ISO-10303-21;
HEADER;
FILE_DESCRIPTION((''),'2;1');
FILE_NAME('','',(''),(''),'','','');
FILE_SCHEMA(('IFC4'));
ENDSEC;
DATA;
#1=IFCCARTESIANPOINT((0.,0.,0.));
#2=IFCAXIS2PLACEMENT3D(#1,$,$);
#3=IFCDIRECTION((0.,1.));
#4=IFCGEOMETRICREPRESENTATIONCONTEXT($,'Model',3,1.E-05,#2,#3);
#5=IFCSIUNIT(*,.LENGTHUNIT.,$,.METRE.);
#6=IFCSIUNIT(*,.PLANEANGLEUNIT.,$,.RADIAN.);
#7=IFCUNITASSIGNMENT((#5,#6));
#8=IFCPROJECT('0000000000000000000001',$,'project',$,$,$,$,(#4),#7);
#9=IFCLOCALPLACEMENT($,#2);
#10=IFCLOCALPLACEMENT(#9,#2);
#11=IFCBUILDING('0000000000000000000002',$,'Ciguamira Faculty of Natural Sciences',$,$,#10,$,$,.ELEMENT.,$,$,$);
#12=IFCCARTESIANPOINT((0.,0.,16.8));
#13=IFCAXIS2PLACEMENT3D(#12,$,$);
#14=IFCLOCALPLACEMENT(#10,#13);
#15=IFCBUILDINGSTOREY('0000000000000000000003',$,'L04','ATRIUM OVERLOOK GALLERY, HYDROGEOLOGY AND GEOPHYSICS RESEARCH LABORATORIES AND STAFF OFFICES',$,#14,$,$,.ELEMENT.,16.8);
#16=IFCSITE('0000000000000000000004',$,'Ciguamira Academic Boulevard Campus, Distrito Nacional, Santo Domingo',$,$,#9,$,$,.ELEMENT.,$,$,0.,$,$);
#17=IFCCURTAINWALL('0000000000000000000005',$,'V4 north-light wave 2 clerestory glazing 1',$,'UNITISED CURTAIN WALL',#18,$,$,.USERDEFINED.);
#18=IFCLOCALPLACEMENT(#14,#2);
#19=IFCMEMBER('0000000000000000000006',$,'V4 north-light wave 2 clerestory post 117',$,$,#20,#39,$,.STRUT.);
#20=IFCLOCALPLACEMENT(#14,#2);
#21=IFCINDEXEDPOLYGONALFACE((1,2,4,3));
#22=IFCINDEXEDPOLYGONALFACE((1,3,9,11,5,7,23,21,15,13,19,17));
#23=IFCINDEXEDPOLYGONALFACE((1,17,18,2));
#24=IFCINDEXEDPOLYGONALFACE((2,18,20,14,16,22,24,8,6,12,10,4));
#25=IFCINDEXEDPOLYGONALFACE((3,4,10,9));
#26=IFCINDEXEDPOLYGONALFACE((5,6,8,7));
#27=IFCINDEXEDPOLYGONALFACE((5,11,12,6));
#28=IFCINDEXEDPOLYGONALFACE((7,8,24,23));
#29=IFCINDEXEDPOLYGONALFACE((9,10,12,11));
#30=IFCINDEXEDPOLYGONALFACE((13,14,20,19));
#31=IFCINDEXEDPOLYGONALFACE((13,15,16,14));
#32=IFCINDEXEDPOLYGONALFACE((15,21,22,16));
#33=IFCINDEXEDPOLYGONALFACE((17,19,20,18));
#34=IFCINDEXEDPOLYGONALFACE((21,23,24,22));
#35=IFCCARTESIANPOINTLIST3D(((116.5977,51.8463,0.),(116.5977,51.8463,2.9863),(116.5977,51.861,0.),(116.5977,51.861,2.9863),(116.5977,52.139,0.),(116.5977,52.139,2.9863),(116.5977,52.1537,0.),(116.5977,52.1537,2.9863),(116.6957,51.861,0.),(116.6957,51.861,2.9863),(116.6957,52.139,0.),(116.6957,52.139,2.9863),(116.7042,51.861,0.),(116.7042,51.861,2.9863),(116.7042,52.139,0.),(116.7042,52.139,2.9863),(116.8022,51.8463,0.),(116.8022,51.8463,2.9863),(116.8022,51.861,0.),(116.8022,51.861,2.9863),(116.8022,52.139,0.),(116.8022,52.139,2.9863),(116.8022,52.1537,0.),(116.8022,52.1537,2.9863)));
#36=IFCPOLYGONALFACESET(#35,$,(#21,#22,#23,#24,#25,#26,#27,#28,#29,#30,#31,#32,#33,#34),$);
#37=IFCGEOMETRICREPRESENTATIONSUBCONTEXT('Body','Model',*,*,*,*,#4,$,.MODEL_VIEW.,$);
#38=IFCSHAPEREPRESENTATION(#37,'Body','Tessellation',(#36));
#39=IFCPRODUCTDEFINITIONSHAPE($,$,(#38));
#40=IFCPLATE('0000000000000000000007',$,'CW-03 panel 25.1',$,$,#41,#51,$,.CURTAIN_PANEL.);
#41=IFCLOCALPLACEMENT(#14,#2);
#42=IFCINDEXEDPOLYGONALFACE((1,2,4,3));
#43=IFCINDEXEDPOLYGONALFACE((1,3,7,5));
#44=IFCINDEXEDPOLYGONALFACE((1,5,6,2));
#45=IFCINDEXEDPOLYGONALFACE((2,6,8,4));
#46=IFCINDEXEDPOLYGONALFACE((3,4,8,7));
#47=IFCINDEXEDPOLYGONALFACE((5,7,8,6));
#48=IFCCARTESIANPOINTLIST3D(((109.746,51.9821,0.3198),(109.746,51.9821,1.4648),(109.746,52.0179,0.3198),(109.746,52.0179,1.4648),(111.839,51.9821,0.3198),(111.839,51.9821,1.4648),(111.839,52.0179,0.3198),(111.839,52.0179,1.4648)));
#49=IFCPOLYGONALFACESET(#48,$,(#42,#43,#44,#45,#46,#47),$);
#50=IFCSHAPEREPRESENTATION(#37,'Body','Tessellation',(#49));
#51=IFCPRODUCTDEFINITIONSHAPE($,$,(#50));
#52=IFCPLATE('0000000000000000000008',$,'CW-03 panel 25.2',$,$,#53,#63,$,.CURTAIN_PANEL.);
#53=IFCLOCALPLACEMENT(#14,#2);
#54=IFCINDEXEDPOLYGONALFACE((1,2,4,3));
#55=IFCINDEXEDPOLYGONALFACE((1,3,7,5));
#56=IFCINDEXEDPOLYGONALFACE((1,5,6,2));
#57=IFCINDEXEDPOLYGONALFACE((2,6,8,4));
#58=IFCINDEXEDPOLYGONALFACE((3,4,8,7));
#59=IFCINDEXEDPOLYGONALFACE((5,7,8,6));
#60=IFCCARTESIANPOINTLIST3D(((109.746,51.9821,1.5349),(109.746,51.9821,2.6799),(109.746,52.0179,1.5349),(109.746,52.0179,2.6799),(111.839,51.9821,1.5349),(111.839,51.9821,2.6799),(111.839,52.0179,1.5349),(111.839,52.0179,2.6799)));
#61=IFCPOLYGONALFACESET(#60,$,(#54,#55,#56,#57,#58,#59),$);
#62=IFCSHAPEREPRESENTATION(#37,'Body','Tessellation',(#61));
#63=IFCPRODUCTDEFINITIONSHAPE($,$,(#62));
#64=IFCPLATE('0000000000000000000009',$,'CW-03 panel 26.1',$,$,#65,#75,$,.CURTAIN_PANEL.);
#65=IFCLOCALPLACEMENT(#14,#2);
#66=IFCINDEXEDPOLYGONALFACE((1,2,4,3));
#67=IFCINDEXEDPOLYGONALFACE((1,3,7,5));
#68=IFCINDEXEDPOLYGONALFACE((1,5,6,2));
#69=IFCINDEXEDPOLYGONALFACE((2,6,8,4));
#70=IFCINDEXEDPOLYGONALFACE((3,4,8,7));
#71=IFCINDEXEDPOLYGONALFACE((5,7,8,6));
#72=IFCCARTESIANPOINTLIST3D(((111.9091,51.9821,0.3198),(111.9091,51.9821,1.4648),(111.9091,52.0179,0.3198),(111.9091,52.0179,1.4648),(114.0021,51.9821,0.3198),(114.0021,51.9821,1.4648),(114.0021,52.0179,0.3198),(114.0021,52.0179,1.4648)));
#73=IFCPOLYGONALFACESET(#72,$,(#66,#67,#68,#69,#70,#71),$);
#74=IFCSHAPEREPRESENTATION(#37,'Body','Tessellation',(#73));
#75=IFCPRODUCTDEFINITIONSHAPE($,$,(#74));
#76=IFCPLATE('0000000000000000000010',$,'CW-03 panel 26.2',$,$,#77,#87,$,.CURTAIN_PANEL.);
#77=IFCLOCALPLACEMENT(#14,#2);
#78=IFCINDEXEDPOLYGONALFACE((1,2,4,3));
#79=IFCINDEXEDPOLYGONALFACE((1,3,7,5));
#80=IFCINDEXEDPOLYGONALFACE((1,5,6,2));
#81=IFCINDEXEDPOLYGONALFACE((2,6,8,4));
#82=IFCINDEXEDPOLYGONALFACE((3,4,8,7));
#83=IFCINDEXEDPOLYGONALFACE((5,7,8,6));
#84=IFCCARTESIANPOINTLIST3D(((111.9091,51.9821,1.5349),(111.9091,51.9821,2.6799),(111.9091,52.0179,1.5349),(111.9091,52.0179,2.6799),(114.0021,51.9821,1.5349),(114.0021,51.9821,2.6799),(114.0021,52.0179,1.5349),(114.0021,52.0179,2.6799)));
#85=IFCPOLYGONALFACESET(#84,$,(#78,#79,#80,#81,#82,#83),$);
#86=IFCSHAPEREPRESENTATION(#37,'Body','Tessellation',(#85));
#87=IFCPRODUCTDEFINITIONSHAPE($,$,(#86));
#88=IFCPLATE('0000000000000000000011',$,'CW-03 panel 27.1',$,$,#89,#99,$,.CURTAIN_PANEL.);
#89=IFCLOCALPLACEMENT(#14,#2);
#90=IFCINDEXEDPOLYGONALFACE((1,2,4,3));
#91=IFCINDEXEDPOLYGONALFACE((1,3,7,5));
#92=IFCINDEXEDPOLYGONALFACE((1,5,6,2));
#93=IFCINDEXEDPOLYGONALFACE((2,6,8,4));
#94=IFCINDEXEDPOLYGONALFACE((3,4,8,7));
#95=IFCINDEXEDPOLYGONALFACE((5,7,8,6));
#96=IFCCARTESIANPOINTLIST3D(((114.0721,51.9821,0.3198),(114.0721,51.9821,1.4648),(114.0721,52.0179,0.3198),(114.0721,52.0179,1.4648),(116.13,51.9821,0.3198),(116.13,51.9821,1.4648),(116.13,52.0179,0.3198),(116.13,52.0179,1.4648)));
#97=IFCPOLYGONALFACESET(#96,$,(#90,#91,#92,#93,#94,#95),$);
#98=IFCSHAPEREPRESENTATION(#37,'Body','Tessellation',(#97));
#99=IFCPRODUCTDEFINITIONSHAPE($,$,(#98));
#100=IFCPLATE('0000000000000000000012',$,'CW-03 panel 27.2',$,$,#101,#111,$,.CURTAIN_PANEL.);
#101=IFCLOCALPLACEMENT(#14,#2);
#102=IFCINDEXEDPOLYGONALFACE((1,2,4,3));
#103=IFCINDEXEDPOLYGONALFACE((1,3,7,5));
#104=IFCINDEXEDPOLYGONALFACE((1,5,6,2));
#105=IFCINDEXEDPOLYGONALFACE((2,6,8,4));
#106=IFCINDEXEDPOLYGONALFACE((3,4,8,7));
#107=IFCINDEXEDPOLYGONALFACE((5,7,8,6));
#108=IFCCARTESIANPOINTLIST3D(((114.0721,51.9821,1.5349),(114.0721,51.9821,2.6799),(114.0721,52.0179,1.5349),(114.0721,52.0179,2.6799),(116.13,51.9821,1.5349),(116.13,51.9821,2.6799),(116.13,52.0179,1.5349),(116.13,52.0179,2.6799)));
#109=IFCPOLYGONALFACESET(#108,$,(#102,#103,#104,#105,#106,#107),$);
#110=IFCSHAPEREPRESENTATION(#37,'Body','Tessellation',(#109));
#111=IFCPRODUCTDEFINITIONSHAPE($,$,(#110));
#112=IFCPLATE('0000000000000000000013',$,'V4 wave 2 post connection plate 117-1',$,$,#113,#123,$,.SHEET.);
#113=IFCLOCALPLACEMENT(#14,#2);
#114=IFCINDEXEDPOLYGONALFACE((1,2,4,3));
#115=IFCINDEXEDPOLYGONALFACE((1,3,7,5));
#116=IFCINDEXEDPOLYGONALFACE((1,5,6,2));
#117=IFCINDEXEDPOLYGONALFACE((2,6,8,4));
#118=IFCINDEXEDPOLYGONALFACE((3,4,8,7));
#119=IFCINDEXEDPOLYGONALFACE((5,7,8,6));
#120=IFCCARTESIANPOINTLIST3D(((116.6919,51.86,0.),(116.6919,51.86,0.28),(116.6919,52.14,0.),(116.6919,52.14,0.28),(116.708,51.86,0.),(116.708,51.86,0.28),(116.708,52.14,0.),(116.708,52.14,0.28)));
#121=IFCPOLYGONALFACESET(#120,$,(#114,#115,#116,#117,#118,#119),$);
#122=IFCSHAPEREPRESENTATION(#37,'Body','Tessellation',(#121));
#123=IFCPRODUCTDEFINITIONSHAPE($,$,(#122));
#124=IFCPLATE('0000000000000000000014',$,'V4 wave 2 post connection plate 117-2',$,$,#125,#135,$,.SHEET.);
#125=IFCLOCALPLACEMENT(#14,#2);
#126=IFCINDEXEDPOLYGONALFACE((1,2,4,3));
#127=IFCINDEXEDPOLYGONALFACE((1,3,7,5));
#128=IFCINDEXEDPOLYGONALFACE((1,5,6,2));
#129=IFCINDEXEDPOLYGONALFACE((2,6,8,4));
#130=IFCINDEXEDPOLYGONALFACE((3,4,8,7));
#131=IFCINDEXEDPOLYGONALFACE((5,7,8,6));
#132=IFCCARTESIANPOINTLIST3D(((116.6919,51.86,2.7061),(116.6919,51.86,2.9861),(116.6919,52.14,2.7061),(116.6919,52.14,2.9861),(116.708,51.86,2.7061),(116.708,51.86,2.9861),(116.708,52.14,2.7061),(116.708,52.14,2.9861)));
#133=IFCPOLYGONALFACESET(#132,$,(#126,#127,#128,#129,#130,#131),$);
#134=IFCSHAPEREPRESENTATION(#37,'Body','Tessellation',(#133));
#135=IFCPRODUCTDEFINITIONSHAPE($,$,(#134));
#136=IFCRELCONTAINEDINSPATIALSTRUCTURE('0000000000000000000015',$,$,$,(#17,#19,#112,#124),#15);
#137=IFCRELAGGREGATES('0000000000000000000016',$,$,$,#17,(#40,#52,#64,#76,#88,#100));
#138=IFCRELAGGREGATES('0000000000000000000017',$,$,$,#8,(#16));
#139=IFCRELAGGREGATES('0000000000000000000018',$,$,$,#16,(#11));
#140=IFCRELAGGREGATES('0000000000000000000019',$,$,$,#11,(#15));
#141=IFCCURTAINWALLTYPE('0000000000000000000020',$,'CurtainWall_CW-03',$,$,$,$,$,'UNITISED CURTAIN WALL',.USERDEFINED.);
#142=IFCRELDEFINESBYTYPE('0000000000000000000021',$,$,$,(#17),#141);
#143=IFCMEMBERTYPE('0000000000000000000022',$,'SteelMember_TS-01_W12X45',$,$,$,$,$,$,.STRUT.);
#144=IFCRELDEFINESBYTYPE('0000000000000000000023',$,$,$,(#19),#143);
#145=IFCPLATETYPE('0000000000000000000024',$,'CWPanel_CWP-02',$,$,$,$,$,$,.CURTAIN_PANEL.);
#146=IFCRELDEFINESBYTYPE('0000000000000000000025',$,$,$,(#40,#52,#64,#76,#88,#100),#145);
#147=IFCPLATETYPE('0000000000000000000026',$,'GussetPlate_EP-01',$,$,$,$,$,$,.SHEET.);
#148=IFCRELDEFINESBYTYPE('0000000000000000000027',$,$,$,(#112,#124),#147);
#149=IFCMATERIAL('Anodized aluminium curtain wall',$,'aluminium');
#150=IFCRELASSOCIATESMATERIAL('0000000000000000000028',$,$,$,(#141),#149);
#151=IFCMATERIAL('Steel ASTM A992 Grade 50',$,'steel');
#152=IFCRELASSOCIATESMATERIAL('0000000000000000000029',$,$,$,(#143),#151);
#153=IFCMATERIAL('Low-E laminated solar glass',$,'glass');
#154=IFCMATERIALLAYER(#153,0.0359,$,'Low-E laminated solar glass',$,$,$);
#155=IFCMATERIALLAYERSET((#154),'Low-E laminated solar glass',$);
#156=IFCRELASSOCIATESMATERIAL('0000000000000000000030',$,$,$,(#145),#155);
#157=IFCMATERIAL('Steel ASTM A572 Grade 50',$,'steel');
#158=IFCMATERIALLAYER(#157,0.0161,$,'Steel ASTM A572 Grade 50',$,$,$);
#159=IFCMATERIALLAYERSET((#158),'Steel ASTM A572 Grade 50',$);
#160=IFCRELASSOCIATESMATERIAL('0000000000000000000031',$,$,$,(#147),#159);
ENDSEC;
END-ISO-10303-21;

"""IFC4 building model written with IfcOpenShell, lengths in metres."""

from ifc_helpers import new_model, si_unit, direction, frame, origin, origin_2d, place, context, subcontext, project, spatial, rectangle, i_section, extrude, material, layer, layer_set, material_profile, profile_set, type_object, element, aggregate, save


model = new_model("IFC4")

# Units and contexts
model_context = context("Model", 3, precision=1e-05, world=origin(), true_north=direction((0.0, 1.0)))
body_context = subcontext(model_context, "Body", "Model", "MODEL_VIEW")
ifc_project = project(units=[si_unit("LENGTHUNIT", "METRE"), si_unit("PLANEANGLEUNIT", "RADIAN")], contexts=[model_context])

# Site, building, storey
site_placement = place(None, origin())
site = spatial("IfcSite", under=ifc_project, at=site_placement, Name="Ciguamira Academic Boulevard Campus, Distrito Nacional, Santo Domingo", CompositionType="ELEMENT", RefElevation=0.0)
building_placement = place(site_placement, origin())
building = spatial("IfcBuilding", under=site, at=building_placement, Name="Ciguamira Faculty of Natural Sciences", CompositionType="ELEMENT")
storey_placement = place(building_placement, frame((0.0, 0.0, 16.8)))
storey = spatial("IfcBuildingStorey", under=building, at=storey_placement, Name="L04", Description="ATRIUM OVERLOOK GALLERY, HYDROGEOLOGY AND GEOPHYSICS RESEARCH LABORATORIES AND STAFF OFFICES", CompositionType="ELEMENT", Elevation=16.8)

# Curtain wall
ifc_material_1 = material(Name="Anodized aluminium curtain wall", Category="aluminium")
curtain_wall_type = type_object("IfcCurtainWallType", Name="CurtainWall_CW-03", ElementType="UNITISED CURTAIN WALL", PredefinedType="USERDEFINED", material=ifc_material_1)
curtain_wall_placement = place(storey_placement, origin())
curtain_wall = element("IfcCurtainWall", 1, at=curtain_wall_placement, inside=storey, type_object=curtain_wall_type, Name="V4 north-light wave 2 clerestory glazing 1", ObjectType="UNITISED CURTAIN WALL", PredefinedType="USERDEFINED")

# Member
ifc_material_2 = material(Name="Steel ASTM A992 Grade 50", Category="steel")
ifc_material_profile_1 = material_profile(ifc_material_2, i_section(OverallWidth=0.2046, OverallDepth=0.3074, WebThickness=0.0085, FlangeThickness=0.0146, at=origin_2d()), Name="W12X45")
ifc_profile_set_1 = profile_set([ifc_material_profile_1], Name="Steel ASTM A992 Grade 50")
member_type_1 = type_object("IfcMemberType", Name="SteelMember_TS-01_W12X45", PredefinedType="STRUT", material=ifc_profile_set_1)
member_1_placement = place(storey_placement, frame((116.7, 52.0, 0.0), z_axis=(0.0, 0.0, 1.0), x_axis=(1.0, 0.0, 0.0)))
element("IfcMember", 2, at=member_1_placement, inside=storey, type_object=member_type_1, Name="V4 north-light wave 2 clerestory post 117", PredefinedType="STRUT", context=body_context, shape_type="SweptSolid", body=[
    extrude(i_section(OverallWidth=0.2046, OverallDepth=0.3074, WebThickness=0.0085, FlangeThickness=0.0146, at=origin_2d()), origin(), (0.0, 0.0, 1.0), 2.9863),
])

# Plates
ifc_material_3 = material(Name="Low-E laminated solar glass", Category="glass")
ifc_layer_1 = layer(ifc_material_3, 0.0359, Name="Low-E laminated solar glass")
ifc_layer_set_1 = layer_set([ifc_layer_1], Name="Low-E laminated solar glass")
plate_type_1 = type_object("IfcPlateType", Name="CWPanel_CWP-02", PredefinedType="CURTAIN_PANEL", material=ifc_layer_set_1)
plate_1_placement = place(storey_placement, frame((110.7925, 52.0, 0.3198), z_axis=(0.0, 0.0, 1.0), x_axis=(1.0, 0.0, 0.0)))
plate_1 = element("IfcPlate", 3, at=plate_1_placement, type_object=plate_type_1, Name="CW-03 panel 25.1", PredefinedType="CURTAIN_PANEL", context=body_context, shape_type="SweptSolid", body=[
    extrude(rectangle(XDim=2.093, YDim=0.0359, at=origin_2d()), origin(), (0.0, 0.0, 1.0), 1.145),
])
plate_2_placement = place(storey_placement, frame((110.7925, 52.0, 1.5349), z_axis=(0.0, 0.0, 1.0), x_axis=(1.0, 0.0, 0.0)))
plate_2 = element("IfcPlate", 4, at=plate_2_placement, type_object=plate_type_1, Name="CW-03 panel 25.2", PredefinedType="CURTAIN_PANEL", context=body_context, shape_type="SweptSolid", body=[
    extrude(rectangle(XDim=2.093, YDim=0.0359, at=origin_2d()), origin(), (0.0, 0.0, 1.0), 1.145),
])
plate_3_placement = place(storey_placement, frame((112.9556, 52.0, 0.3198), z_axis=(0.0, 0.0, 1.0), x_axis=(1.0, 0.0, 0.0)))
plate_3 = element("IfcPlate", 5, at=plate_3_placement, type_object=plate_type_1, Name="CW-03 panel 26.1", PredefinedType="CURTAIN_PANEL", context=body_context, shape_type="SweptSolid", body=[
    extrude(rectangle(XDim=2.093, YDim=0.0359, at=origin_2d()), origin(), (0.0, 0.0, 1.0), 1.145),
])
plate_4_placement = place(storey_placement, frame((112.9556, 52.0, 1.5349), z_axis=(0.0, 0.0, 1.0), x_axis=(1.0, 0.0, 0.0)))
plate_4 = element("IfcPlate", 6, at=plate_4_placement, type_object=plate_type_1, Name="CW-03 panel 26.2", PredefinedType="CURTAIN_PANEL", context=body_context, shape_type="SweptSolid", body=[
    extrude(rectangle(XDim=2.093, YDim=0.0359, at=origin_2d()), origin(), (0.0, 0.0, 1.0), 1.145),
])
plate_5_placement = place(storey_placement, frame((115.1011, 52.0, 0.3198), z_axis=(0.0, 0.0, 1.0), x_axis=(1.0, 0.0, 0.0)))
plate_5 = element("IfcPlate", 7, at=plate_5_placement, type_object=plate_type_1, Name="CW-03 panel 27.1", PredefinedType="CURTAIN_PANEL", context=body_context, shape_type="SweptSolid", body=[
    extrude(rectangle(XDim=2.0579, YDim=0.0359, at=origin_2d()), origin(), (0.0, 0.0, 1.0), 1.145),
])
plate_6_placement = place(storey_placement, frame((115.1011, 52.0, 1.5349), z_axis=(0.0, 0.0, 1.0), x_axis=(1.0, 0.0, 0.0)))
plate_6 = element("IfcPlate", 8, at=plate_6_placement, type_object=plate_type_1, Name="CW-03 panel 27.2", PredefinedType="CURTAIN_PANEL", context=body_context, shape_type="SweptSolid", body=[
    extrude(rectangle(XDim=2.0579, YDim=0.0359, at=origin_2d()), origin(), (0.0, 0.0, 1.0), 1.145),
])
aggregate(curtain_wall, [plate_1, plate_2, plate_3, plate_4, plate_5, plate_6])

# Plates
ifc_material_4 = material(Name="Steel ASTM A572 Grade 50", Category="steel")
ifc_layer_2 = layer(ifc_material_4, 0.0161, Name="Steel ASTM A572 Grade 50")
ifc_layer_set_2 = layer_set([ifc_layer_2], Name="Steel ASTM A572 Grade 50")
plate_type_2 = type_object("IfcPlateType", Name="GussetPlate_EP-01", PredefinedType="SHEET", material=ifc_layer_set_2)
for number, where, z_axis, x_axis, name in (
    (9, (116.7, 52.0, 0.0), (0.0, 0.0, 1.0), (1.0, 0.0, 0.0), "V4 wave 2 post connection plate 117-1"),
    (10, (116.7, 52.0, 2.7061), (0.0, 0.0, 1.0), (1.0, 0.0, 0.0), "V4 wave 2 post connection plate 117-2"),
):
    element("IfcPlate", number, at=place(storey_placement, frame(where, z_axis=z_axis, x_axis=x_axis)), inside=storey, type_object=plate_type_2, Name=name, PredefinedType="SHEET", context=body_context, shape_type="SweptSolid", body=[
        extrude(rectangle(XDim=0.0161, YDim=0.28, at=origin_2d()), origin(), (0.0, 0.0, 1.0), 0.28),
    ])

save(model, "model.ifc")
